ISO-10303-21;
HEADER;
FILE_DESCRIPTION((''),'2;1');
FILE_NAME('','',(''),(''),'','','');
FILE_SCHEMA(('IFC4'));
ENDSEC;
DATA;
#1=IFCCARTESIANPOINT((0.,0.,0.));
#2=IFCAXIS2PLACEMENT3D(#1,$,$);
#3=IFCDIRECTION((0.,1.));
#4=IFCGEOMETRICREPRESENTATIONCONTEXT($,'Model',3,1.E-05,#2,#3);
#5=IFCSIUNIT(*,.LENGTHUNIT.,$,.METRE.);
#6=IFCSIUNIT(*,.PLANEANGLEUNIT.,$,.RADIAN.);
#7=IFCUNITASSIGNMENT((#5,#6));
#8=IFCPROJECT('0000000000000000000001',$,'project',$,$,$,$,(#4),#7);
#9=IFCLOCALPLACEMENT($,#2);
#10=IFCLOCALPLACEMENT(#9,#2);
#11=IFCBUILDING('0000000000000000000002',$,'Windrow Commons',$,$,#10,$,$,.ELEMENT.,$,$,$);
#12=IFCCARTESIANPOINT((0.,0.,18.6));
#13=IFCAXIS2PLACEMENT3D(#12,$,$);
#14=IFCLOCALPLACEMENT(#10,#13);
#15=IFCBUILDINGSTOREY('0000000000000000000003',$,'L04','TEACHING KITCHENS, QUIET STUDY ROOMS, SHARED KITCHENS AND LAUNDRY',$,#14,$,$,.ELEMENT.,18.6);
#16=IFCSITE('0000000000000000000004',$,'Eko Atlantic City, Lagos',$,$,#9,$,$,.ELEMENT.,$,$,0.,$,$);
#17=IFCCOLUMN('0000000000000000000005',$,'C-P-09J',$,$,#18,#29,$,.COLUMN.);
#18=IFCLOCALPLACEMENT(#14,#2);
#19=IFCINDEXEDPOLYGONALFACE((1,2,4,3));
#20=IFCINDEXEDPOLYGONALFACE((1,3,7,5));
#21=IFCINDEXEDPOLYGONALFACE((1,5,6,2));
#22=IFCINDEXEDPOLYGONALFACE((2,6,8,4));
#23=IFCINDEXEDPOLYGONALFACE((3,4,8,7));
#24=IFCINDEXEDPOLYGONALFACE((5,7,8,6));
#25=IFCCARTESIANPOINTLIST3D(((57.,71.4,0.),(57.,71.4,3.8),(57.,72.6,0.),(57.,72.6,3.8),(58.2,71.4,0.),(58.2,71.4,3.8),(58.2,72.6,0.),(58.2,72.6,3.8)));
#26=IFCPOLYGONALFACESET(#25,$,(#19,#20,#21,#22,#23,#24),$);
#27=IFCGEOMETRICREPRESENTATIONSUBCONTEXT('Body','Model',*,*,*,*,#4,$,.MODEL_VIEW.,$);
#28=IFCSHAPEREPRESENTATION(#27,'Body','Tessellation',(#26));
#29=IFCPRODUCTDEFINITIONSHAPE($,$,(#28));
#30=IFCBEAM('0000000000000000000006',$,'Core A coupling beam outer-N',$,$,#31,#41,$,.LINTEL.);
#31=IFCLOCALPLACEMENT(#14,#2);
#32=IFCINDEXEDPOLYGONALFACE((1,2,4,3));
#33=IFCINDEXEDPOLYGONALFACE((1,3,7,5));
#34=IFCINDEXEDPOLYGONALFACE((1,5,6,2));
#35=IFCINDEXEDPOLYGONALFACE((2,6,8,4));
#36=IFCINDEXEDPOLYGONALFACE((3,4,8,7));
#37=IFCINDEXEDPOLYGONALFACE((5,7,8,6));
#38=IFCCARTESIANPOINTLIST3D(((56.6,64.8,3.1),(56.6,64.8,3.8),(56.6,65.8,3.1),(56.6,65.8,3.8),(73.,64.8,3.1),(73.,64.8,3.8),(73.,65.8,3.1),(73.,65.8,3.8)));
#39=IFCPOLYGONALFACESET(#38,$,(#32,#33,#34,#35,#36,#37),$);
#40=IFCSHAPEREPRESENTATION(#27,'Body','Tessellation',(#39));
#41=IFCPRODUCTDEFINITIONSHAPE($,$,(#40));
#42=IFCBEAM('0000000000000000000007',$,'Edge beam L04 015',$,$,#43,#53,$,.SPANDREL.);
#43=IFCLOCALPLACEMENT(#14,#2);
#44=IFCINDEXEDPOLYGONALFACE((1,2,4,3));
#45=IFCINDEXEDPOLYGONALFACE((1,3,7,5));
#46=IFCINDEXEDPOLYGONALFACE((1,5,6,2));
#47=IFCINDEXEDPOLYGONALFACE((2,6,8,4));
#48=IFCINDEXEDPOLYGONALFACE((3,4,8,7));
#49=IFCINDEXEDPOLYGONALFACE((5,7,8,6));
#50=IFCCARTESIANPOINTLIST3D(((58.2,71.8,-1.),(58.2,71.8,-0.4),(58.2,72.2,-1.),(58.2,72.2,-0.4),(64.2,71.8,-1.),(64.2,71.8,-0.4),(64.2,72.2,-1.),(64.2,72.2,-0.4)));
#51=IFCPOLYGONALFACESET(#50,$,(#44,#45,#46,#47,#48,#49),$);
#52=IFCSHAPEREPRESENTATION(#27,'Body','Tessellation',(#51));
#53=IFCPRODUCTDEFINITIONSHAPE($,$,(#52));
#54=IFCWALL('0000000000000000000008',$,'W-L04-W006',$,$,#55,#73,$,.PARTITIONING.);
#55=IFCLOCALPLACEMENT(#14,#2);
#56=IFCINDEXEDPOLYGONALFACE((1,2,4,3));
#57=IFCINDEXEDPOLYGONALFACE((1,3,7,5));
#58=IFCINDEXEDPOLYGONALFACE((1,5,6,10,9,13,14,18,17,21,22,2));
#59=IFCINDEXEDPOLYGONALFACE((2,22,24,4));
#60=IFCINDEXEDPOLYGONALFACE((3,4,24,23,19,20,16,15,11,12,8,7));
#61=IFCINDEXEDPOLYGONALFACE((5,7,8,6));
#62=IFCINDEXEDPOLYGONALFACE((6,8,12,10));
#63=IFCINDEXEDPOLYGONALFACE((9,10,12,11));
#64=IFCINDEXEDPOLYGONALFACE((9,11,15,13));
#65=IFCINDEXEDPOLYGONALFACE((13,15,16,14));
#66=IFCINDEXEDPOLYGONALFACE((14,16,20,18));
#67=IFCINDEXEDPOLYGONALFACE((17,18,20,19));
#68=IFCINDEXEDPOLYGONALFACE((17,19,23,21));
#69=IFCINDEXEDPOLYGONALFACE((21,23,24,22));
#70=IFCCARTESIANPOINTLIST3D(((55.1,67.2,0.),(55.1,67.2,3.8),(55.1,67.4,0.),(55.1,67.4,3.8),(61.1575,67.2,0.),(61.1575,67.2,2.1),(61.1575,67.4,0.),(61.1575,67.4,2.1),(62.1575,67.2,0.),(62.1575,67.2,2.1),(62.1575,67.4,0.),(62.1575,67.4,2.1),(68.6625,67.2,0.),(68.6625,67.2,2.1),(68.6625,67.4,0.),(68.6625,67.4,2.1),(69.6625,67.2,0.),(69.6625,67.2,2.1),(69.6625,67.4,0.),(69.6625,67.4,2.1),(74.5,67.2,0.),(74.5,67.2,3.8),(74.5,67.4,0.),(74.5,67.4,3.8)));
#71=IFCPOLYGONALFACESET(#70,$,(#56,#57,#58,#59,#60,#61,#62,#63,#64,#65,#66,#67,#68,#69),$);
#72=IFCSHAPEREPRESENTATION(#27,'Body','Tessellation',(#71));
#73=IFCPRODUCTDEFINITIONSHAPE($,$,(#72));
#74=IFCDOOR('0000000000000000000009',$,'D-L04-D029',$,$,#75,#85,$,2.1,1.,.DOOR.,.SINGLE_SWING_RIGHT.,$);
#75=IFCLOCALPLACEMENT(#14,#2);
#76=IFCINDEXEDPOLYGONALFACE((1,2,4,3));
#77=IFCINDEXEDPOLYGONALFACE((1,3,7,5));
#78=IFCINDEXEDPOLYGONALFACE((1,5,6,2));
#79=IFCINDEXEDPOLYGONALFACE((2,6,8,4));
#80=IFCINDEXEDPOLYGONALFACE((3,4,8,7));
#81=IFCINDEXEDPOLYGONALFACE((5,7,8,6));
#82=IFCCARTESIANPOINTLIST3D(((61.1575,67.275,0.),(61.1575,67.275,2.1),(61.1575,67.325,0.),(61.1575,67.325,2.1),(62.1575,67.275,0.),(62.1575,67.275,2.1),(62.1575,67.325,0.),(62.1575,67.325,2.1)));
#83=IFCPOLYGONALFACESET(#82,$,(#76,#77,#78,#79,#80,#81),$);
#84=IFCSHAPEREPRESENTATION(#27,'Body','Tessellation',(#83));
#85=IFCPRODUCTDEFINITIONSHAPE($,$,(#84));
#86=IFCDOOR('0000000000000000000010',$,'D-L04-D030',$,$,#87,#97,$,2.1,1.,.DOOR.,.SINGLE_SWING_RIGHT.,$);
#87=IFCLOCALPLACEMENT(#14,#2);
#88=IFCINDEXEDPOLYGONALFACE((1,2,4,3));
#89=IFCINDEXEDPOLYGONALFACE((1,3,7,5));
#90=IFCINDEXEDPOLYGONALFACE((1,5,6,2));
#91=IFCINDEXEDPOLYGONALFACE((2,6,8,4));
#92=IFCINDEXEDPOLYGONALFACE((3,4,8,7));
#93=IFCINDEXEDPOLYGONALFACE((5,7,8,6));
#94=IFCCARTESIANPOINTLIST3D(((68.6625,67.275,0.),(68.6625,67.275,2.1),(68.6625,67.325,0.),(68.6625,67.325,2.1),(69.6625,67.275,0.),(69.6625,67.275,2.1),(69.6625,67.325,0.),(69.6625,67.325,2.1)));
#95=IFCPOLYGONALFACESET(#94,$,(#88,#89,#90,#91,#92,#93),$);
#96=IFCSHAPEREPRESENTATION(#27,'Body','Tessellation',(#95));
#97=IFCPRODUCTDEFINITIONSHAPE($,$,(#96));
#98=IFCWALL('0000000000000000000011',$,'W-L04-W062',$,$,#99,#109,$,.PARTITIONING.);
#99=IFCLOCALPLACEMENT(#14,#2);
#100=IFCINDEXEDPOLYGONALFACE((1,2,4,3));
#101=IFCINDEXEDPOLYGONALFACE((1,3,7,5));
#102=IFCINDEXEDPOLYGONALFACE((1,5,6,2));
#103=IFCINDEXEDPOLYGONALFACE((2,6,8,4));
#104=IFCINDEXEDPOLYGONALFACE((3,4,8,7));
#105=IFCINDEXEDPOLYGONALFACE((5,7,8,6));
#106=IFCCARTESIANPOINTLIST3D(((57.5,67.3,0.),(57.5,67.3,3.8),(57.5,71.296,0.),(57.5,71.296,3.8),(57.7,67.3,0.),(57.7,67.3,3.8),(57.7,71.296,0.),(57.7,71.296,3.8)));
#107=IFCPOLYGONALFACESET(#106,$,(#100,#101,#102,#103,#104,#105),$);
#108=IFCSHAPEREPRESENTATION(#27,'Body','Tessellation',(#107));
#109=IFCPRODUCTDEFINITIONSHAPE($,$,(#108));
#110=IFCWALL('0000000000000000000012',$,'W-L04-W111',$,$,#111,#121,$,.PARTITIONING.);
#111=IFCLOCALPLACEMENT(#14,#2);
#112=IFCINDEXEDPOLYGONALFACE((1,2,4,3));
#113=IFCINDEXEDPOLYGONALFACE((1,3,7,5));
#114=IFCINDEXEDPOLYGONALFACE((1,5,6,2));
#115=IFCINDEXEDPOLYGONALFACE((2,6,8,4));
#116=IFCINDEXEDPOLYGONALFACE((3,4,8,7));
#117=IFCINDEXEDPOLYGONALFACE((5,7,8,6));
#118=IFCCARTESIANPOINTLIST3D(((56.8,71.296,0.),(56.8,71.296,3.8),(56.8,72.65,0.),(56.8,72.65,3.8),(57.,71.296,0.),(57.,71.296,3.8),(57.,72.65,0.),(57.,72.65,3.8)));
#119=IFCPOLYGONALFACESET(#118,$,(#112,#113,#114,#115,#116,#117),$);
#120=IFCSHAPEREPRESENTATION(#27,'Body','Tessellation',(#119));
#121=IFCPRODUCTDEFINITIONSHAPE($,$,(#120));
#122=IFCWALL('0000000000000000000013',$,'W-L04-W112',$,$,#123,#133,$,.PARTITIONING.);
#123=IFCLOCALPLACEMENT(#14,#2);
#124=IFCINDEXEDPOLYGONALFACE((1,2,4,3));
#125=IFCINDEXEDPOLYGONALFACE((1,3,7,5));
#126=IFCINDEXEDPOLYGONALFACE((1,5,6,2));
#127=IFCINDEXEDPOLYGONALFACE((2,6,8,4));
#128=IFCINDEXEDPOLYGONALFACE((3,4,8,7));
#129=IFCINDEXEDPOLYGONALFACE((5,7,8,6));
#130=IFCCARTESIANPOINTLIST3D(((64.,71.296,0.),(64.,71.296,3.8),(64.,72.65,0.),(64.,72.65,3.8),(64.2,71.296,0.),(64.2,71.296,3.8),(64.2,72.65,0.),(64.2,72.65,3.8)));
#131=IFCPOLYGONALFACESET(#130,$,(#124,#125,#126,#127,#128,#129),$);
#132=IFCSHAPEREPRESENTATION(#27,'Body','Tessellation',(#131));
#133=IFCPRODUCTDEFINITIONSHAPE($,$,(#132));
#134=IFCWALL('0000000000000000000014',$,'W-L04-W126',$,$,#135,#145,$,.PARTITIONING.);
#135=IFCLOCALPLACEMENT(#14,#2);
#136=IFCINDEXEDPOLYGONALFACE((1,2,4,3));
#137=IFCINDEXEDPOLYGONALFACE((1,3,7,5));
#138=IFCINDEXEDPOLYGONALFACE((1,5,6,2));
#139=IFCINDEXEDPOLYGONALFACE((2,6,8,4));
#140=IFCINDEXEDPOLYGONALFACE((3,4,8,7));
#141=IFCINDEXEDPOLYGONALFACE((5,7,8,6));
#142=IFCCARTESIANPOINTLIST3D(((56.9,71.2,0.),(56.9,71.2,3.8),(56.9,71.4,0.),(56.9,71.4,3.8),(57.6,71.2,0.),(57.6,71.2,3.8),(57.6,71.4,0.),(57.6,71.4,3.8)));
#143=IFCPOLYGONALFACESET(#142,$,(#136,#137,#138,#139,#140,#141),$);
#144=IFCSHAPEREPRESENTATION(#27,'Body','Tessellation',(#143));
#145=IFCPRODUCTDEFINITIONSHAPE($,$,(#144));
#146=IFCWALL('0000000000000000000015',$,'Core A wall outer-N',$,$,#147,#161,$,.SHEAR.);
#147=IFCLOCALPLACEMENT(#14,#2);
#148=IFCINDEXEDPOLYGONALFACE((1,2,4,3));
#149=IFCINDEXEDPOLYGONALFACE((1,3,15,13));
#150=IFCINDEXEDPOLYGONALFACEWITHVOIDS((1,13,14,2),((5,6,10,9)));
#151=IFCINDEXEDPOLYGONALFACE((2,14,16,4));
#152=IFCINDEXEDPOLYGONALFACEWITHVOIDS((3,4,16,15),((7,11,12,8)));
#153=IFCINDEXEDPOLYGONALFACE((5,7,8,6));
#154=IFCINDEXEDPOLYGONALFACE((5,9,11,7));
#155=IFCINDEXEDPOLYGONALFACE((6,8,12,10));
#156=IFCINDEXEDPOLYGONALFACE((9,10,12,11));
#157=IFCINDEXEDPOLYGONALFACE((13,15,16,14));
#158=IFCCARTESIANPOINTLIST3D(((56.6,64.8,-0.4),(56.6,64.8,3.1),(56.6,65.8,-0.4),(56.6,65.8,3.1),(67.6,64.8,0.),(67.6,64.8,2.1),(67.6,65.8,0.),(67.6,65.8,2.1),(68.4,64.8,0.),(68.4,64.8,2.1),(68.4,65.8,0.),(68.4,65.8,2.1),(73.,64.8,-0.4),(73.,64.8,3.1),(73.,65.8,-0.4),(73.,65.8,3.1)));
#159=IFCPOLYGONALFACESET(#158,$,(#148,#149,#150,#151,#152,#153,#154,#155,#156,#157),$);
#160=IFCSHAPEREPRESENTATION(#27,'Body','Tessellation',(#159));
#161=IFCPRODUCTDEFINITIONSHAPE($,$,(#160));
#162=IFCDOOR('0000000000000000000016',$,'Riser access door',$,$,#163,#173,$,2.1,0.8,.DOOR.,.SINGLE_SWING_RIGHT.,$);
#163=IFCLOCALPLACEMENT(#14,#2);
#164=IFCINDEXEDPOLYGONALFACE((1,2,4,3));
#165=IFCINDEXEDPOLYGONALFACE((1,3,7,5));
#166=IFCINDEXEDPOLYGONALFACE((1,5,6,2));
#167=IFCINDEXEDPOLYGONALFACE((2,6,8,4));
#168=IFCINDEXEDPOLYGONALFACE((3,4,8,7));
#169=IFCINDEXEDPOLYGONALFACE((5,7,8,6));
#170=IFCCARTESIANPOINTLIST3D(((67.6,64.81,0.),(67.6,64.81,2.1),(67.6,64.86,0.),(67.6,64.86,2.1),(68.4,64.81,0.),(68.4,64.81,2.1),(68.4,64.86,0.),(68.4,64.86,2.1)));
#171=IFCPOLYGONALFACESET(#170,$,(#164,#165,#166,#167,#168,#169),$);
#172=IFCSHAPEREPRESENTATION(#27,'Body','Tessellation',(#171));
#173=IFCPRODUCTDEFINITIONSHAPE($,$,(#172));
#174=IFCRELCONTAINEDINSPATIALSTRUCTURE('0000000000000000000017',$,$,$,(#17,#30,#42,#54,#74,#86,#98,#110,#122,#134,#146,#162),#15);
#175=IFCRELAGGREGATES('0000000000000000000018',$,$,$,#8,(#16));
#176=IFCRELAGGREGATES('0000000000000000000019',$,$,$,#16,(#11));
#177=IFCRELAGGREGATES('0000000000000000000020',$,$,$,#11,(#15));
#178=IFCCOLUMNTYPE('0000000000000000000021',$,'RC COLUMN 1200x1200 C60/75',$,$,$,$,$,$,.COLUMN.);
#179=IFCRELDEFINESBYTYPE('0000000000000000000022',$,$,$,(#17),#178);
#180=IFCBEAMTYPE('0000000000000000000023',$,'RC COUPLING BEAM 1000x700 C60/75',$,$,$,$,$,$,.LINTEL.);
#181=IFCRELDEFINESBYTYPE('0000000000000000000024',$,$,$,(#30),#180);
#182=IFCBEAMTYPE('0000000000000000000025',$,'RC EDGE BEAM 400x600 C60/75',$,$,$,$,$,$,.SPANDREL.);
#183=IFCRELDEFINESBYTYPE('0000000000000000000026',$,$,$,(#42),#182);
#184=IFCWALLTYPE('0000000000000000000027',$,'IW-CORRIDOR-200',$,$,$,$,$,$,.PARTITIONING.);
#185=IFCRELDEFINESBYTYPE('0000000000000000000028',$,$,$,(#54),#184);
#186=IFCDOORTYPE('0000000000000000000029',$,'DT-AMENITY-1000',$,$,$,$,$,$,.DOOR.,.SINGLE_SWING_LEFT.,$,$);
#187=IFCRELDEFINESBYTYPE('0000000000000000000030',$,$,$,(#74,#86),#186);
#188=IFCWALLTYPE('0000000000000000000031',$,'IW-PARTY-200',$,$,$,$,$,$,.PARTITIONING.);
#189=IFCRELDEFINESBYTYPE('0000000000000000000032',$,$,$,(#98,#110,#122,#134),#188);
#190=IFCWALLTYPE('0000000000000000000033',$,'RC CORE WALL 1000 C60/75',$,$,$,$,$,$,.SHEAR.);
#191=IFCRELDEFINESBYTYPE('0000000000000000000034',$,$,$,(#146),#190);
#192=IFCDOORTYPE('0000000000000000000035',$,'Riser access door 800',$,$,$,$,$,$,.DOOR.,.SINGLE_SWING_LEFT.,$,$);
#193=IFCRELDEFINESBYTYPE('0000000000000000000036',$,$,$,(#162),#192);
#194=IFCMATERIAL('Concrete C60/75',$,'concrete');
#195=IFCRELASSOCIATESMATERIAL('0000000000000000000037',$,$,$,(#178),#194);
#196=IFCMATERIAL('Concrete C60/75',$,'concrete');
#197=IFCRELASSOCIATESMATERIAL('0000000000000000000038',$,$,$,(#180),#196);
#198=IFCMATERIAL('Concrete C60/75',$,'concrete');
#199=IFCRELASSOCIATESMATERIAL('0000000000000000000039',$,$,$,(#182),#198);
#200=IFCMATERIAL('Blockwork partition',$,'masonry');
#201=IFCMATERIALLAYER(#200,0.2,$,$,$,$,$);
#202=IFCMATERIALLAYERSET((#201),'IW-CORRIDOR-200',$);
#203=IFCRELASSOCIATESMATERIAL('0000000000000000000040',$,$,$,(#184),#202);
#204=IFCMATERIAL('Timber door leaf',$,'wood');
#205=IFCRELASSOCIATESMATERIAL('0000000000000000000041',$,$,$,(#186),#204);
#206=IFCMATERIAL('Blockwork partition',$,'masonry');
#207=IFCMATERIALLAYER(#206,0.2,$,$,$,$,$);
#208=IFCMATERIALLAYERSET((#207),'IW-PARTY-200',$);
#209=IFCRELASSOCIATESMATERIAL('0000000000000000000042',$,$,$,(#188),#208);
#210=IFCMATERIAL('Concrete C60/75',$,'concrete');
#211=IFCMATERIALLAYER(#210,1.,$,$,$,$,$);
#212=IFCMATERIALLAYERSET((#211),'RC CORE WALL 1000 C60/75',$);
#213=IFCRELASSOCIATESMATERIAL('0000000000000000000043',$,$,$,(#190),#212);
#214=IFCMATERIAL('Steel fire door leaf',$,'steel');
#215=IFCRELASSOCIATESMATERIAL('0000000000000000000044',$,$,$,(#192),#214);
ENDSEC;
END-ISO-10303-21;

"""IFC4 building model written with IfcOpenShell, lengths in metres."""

from ifc_helpers import new_model, si_unit, direction, frame, frame_2d, origin, origin_2d, place, context, subcontext, project, spatial, rectangle, extrude, material, layer, layer_set, material_profile, profile_set, type_object, element, fill, save


model = new_model("IFC4")

# Units and contexts
model_context = context("Model", 3, precision=1e-05, world=origin(), true_north=direction((0.0, 1.0)))
body_context = subcontext(model_context, "Body", "Model", "MODEL_VIEW")
ifc_project = project(units=[si_unit("LENGTHUNIT", "METRE"), si_unit("PLANEANGLEUNIT", "RADIAN")], contexts=[model_context])

# Site, building, storey
site_placement = place(None, origin())
site = spatial("IfcSite", under=ifc_project, at=site_placement, Name="Eko Atlantic City, Lagos", CompositionType="ELEMENT", RefElevation=0.0)
building_placement = place(site_placement, origin())
building = spatial("IfcBuilding", under=site, at=building_placement, Name="Windrow Commons", CompositionType="ELEMENT")
storey_placement = place(building_placement, frame((0.0, 0.0, 18.6)))
storey = spatial("IfcBuildingStorey", under=building, at=storey_placement, Name="L04", Description="TEACHING KITCHENS, QUIET STUDY ROOMS, SHARED KITCHENS AND LAUNDRY", CompositionType="ELEMENT", Elevation=18.6)

# Column
ifc_material_1 = material(Name="Concrete C60/75", Category="concrete")
ifc_material_profile_1 = material_profile(ifc_material_1, rectangle(XDim=1.2, YDim=1.2, at=origin_2d()))
ifc_profile_set_1 = profile_set([ifc_material_profile_1], Name="Concrete C60/75")
column_type = type_object("IfcColumnType", Name="RC COLUMN 1200x1200 C60/75", PredefinedType="COLUMN", material=ifc_profile_set_1)
column_placement = place(storey_placement, frame((57.6, 72.0, 0.0), z_axis=(0.0, 0.0, 1.0), x_axis=(1.0, 0.0, 0.0)))
element("IfcColumn", 1, at=column_placement, inside=storey, type_object=column_type, Name="C-P-09J", PredefinedType="COLUMN", context=body_context, shape_type="SweptSolid", body=[
    extrude(rectangle(XDim=1.2, YDim=1.2, at=origin_2d()), origin(), (0.0, 0.0, 1.0), 3.8),
])

# Beams
ifc_material_2 = material(Name="Concrete C60/75", Category="concrete")
ifc_material_profile_2 = material_profile(ifc_material_2, rectangle(XDim=1.0, YDim=0.7, at=origin_2d()))
ifc_profile_set_2 = profile_set([ifc_material_profile_2], Name="Concrete C60/75")
beam_type_1 = type_object("IfcBeamType", Name="RC COUPLING BEAM 1000x700 C60/75", PredefinedType="LINTEL", material=ifc_profile_set_2)
beam_1_placement = place(storey_placement, frame((56.6, 65.3, 3.45), z_axis=(1.0, 0.0, 0.0), x_axis=(0.0, 1.0, 0.0)))
element("IfcBeam", 2, at=beam_1_placement, inside=storey, type_object=beam_type_1, Name="Core A coupling beam outer-N", PredefinedType="LINTEL", context=body_context, shape_type="SweptSolid", body=[
    extrude(rectangle(XDim=1.0, YDim=0.7, at=origin_2d()), origin(), (0.0, 0.0, 1.0), 16.4),
])
ifc_material_3 = material(Name="Concrete C60/75", Category="concrete")
ifc_material_profile_3 = material_profile(ifc_material_3, rectangle(XDim=0.4, YDim=0.6, at=origin_2d()))
ifc_profile_set_3 = profile_set([ifc_material_profile_3], Name="Concrete C60/75")
beam_type_2 = type_object("IfcBeamType", Name="RC EDGE BEAM 400x600 C60/75", PredefinedType="SPANDREL", material=ifc_profile_set_3)
beam_2_placement = place(storey_placement, frame((58.2, 72.0, -0.7), z_axis=(1.0, 0.0, 0.0), x_axis=(0.0, 1.0, 0.0)))
element("IfcBeam", 3, at=beam_2_placement, inside=storey, type_object=beam_type_2, Name="Edge beam L04 015", PredefinedType="SPANDREL", context=body_context, shape_type="SweptSolid", body=[
    extrude(rectangle(XDim=0.4, YDim=0.6, at=origin_2d()), origin(), (0.0, 0.0, 1.0), 6.0),
])

# Wall, openings, doors
ifc_material_4 = material(Name="Blockwork partition", Category="masonry")
ifc_layer_1 = layer(ifc_material_4, 0.2)
ifc_layer_set_1 = layer_set([ifc_layer_1], Name="IW-CORRIDOR-200")
wall_type_1 = type_object("IfcWallType", Name="IW-CORRIDOR-200", PredefinedType="PARTITIONING", material=ifc_layer_set_1)
wall_1_placement = place(storey_placement, frame((55.1, 67.3, 0.0), z_axis=(0.0, 0.0, 1.0), x_axis=(1.0, 0.0, 0.0)))
wall_1 = element("IfcWall", 4, at=wall_1_placement, inside=storey, type_object=wall_type_1, Name="W-L04-W006", PredefinedType="PARTITIONING", context=body_context, shape_type="SweptSolid", body=[
    extrude(rectangle(XDim=19.4, YDim=0.2, at=frame_2d((9.7, 0.0))), origin(), (0.0, 0.0, 1.0), 3.8),
])
opening_1_placement = place(wall_1_placement, frame((6.0575, 0.0, 0.0)))
opening_1 = element("IfcOpeningElement", 5, at=opening_1_placement, cuts=wall_1, PredefinedType="OPENING", context=body_context, shape_type="SweptSolid", body=[
    extrude(rectangle(XDim=1.0, YDim=2.1, at=frame_2d((0.5, 1.05))), frame((0.0, 0.11, 0.0), z_axis=(0.0, -1.0, 0.0), x_axis=(1.0, 0.0, 0.0)), (0.0, 0.0, 1.0), 0.22),
])
opening_2_placement = place(wall_1_placement, frame((13.5625, 0.0, 0.0)))
opening_2 = element("IfcOpeningElement", 6, at=opening_2_placement, cuts=wall_1, PredefinedType="OPENING", context=body_context, shape_type="SweptSolid", body=[
    extrude(rectangle(XDim=1.0, YDim=2.1, at=frame_2d((0.5, 1.05))), frame((0.0, 0.11, 0.0), z_axis=(0.0, -1.0, 0.0), x_axis=(1.0, 0.0, 0.0)), (0.0, 0.0, 1.0), 0.22),
])
ifc_material_5 = material(Name="Timber door leaf", Category="wood")
door_type_1 = type_object("IfcDoorType", Name="DT-AMENITY-1000", OperationType="SINGLE_SWING_LEFT", PredefinedType="DOOR", material=ifc_material_5)
door_1_placement = place(opening_1_placement, origin())
door_1 = element("IfcDoor", 7, at=door_1_placement, inside=storey, type_object=door_type_1, Name="D-L04-D029", OperationType="SINGLE_SWING_RIGHT", OverallHeight=2.1, OverallWidth=1.0, PredefinedType="DOOR", context=body_context, shape_type="SweptSolid", body=[
    extrude(rectangle(XDim=1.0, YDim=2.1, at=frame_2d((0.5, 1.05))), frame((0.0, 0.025, 0.0), z_axis=(0.0, -1.0, 0.0), x_axis=(1.0, 0.0, 0.0)), (0.0, 0.0, 1.0), 0.05),
])
fill(opening_1, door_1)
door_2_placement = place(opening_2_placement, origin())
door_2 = element("IfcDoor", 8, at=door_2_placement, inside=storey, type_object=door_type_1, Name="D-L04-D030", OperationType="SINGLE_SWING_RIGHT", OverallHeight=2.1, OverallWidth=1.0, PredefinedType="DOOR", context=body_context, shape_type="SweptSolid", body=[
    extrude(rectangle(XDim=1.0, YDim=2.1, at=frame_2d((0.5, 1.05))), frame((0.0, 0.025, 0.0), z_axis=(0.0, -1.0, 0.0), x_axis=(1.0, 0.0, 0.0)), (0.0, 0.0, 1.0), 0.05),
])
fill(opening_2, door_2)

# Walls
ifc_material_6 = material(Name="Blockwork partition", Category="masonry")
ifc_layer_2 = layer(ifc_material_6, 0.2)
ifc_layer_set_2 = layer_set([ifc_layer_2], Name="IW-PARTY-200")
wall_type_2 = type_object("IfcWallType", Name="IW-PARTY-200", PredefinedType="PARTITIONING", material=ifc_layer_set_2)
wall_2_placement = place(storey_placement, frame((57.6, 67.3, 0.0), z_axis=(0.0, 0.0, 1.0), x_axis=(0.0, 1.0, 0.0)))
element("IfcWall", 9, at=wall_2_placement, inside=storey, type_object=wall_type_2, Name="W-L04-W062", PredefinedType="PARTITIONING", context=body_context, shape_type="SweptSolid", body=[
    extrude(rectangle(XDim=3.996, YDim=0.2, at=frame_2d((1.998, 0.0))), origin(), (0.0, 0.0, 1.0), 3.8),
])
for number, where, z_axis, x_axis, name in (
    (10, (56.9, 71.296, 0.0), (0.0, 0.0, 1.0), (0.0, 1.0, 0.0), "W-L04-W111"),
    (11, (64.1, 71.296, 0.0), (0.0, 0.0, 1.0), (0.0, 1.0, 0.0), "W-L04-W112"),
):
    element("IfcWall", number, at=place(storey_placement, frame(where, z_axis=z_axis, x_axis=x_axis)), inside=storey, type_object=wall_type_2, Name=name, PredefinedType="PARTITIONING", context=body_context, shape_type="SweptSolid", body=[
        extrude(rectangle(XDim=1.354, YDim=0.2, at=frame_2d((0.677, 0.0))), origin(), (0.0, 0.0, 1.0), 3.8),
    ])
wall_3_placement = place(storey_placement, frame((56.9, 71.3, 0.0), z_axis=(0.0, 0.0, 1.0), x_axis=(1.0, 0.0, 0.0)))
element("IfcWall", 12, at=wall_3_placement, inside=storey, type_object=wall_type_2, Name="W-L04-W126", PredefinedType="PARTITIONING", context=body_context, shape_type="SweptSolid", body=[
    extrude(rectangle(XDim=0.7, YDim=0.2, at=frame_2d((0.35, 0.0))), origin(), (0.0, 0.0, 1.0), 3.8),
])

# Wall, opening, door
ifc_material_7 = material(Name="Concrete C60/75", Category="concrete")
ifc_layer_3 = layer(ifc_material_7, 1.0)
ifc_layer_set_3 = layer_set([ifc_layer_3], Name="RC CORE WALL 1000 C60/75")
wall_type_3 = type_object("IfcWallType", Name="RC CORE WALL 1000 C60/75", PredefinedType="SHEAR", material=ifc_layer_set_3)
wall_4_placement = place(storey_placement, frame((56.6, 65.3, -0.4), z_axis=(0.0, 0.0, 1.0), x_axis=(1.0, 0.0, 0.0)))
wall_4 = element("IfcWall", 13, at=wall_4_placement, inside=storey, type_object=wall_type_3, Name="Core A wall outer-N", PredefinedType="SHEAR", context=body_context, shape_type="SweptSolid", body=[
    extrude(rectangle(XDim=16.4, YDim=1.0, at=frame_2d((8.2, 0.0))), origin(), (0.0, 0.0, 1.0), 3.5),
])
opening_3_placement = place(wall_4_placement, frame((11.0, 0.0, 0.4)))
opening_3 = element("IfcOpeningElement", 14, at=opening_3_placement, cuts=wall_4, PredefinedType="OPENING", context=body_context, shape_type="SweptSolid", body=[
    extrude(rectangle(XDim=0.8, YDim=2.1, at=frame_2d((0.4, 1.05))), frame((0.0, 0.51, 0.0), z_axis=(0.0, -1.0, 0.0), x_axis=(1.0, 0.0, 0.0)), (0.0, 0.0, 1.0), 1.02),
])
ifc_material_8 = material(Name="Steel fire door leaf", Category="steel")
door_type_2 = type_object("IfcDoorType", Name="Riser access door 800", OperationType="SINGLE_SWING_LEFT", PredefinedType="DOOR", material=ifc_material_8)
door_3_placement = place(opening_3_placement, origin())
door_3 = element("IfcDoor", 15, at=door_3_placement, inside=storey, type_object=door_type_2, Name="Riser access door", OperationType="SINGLE_SWING_RIGHT", OverallHeight=2.1, OverallWidth=0.8, PredefinedType="DOOR", context=body_context, shape_type="SweptSolid", body=[
    extrude(rectangle(XDim=0.8, YDim=2.1, at=frame_2d((0.4, 1.05))), frame((0.0, -0.44, 0.0), z_axis=(0.0, -1.0, 0.0), x_axis=(1.0, 0.0, 0.0)), (0.0, 0.0, 1.0), 0.05),
])
fill(opening_3, door_3)

save(model, "model.ifc")
